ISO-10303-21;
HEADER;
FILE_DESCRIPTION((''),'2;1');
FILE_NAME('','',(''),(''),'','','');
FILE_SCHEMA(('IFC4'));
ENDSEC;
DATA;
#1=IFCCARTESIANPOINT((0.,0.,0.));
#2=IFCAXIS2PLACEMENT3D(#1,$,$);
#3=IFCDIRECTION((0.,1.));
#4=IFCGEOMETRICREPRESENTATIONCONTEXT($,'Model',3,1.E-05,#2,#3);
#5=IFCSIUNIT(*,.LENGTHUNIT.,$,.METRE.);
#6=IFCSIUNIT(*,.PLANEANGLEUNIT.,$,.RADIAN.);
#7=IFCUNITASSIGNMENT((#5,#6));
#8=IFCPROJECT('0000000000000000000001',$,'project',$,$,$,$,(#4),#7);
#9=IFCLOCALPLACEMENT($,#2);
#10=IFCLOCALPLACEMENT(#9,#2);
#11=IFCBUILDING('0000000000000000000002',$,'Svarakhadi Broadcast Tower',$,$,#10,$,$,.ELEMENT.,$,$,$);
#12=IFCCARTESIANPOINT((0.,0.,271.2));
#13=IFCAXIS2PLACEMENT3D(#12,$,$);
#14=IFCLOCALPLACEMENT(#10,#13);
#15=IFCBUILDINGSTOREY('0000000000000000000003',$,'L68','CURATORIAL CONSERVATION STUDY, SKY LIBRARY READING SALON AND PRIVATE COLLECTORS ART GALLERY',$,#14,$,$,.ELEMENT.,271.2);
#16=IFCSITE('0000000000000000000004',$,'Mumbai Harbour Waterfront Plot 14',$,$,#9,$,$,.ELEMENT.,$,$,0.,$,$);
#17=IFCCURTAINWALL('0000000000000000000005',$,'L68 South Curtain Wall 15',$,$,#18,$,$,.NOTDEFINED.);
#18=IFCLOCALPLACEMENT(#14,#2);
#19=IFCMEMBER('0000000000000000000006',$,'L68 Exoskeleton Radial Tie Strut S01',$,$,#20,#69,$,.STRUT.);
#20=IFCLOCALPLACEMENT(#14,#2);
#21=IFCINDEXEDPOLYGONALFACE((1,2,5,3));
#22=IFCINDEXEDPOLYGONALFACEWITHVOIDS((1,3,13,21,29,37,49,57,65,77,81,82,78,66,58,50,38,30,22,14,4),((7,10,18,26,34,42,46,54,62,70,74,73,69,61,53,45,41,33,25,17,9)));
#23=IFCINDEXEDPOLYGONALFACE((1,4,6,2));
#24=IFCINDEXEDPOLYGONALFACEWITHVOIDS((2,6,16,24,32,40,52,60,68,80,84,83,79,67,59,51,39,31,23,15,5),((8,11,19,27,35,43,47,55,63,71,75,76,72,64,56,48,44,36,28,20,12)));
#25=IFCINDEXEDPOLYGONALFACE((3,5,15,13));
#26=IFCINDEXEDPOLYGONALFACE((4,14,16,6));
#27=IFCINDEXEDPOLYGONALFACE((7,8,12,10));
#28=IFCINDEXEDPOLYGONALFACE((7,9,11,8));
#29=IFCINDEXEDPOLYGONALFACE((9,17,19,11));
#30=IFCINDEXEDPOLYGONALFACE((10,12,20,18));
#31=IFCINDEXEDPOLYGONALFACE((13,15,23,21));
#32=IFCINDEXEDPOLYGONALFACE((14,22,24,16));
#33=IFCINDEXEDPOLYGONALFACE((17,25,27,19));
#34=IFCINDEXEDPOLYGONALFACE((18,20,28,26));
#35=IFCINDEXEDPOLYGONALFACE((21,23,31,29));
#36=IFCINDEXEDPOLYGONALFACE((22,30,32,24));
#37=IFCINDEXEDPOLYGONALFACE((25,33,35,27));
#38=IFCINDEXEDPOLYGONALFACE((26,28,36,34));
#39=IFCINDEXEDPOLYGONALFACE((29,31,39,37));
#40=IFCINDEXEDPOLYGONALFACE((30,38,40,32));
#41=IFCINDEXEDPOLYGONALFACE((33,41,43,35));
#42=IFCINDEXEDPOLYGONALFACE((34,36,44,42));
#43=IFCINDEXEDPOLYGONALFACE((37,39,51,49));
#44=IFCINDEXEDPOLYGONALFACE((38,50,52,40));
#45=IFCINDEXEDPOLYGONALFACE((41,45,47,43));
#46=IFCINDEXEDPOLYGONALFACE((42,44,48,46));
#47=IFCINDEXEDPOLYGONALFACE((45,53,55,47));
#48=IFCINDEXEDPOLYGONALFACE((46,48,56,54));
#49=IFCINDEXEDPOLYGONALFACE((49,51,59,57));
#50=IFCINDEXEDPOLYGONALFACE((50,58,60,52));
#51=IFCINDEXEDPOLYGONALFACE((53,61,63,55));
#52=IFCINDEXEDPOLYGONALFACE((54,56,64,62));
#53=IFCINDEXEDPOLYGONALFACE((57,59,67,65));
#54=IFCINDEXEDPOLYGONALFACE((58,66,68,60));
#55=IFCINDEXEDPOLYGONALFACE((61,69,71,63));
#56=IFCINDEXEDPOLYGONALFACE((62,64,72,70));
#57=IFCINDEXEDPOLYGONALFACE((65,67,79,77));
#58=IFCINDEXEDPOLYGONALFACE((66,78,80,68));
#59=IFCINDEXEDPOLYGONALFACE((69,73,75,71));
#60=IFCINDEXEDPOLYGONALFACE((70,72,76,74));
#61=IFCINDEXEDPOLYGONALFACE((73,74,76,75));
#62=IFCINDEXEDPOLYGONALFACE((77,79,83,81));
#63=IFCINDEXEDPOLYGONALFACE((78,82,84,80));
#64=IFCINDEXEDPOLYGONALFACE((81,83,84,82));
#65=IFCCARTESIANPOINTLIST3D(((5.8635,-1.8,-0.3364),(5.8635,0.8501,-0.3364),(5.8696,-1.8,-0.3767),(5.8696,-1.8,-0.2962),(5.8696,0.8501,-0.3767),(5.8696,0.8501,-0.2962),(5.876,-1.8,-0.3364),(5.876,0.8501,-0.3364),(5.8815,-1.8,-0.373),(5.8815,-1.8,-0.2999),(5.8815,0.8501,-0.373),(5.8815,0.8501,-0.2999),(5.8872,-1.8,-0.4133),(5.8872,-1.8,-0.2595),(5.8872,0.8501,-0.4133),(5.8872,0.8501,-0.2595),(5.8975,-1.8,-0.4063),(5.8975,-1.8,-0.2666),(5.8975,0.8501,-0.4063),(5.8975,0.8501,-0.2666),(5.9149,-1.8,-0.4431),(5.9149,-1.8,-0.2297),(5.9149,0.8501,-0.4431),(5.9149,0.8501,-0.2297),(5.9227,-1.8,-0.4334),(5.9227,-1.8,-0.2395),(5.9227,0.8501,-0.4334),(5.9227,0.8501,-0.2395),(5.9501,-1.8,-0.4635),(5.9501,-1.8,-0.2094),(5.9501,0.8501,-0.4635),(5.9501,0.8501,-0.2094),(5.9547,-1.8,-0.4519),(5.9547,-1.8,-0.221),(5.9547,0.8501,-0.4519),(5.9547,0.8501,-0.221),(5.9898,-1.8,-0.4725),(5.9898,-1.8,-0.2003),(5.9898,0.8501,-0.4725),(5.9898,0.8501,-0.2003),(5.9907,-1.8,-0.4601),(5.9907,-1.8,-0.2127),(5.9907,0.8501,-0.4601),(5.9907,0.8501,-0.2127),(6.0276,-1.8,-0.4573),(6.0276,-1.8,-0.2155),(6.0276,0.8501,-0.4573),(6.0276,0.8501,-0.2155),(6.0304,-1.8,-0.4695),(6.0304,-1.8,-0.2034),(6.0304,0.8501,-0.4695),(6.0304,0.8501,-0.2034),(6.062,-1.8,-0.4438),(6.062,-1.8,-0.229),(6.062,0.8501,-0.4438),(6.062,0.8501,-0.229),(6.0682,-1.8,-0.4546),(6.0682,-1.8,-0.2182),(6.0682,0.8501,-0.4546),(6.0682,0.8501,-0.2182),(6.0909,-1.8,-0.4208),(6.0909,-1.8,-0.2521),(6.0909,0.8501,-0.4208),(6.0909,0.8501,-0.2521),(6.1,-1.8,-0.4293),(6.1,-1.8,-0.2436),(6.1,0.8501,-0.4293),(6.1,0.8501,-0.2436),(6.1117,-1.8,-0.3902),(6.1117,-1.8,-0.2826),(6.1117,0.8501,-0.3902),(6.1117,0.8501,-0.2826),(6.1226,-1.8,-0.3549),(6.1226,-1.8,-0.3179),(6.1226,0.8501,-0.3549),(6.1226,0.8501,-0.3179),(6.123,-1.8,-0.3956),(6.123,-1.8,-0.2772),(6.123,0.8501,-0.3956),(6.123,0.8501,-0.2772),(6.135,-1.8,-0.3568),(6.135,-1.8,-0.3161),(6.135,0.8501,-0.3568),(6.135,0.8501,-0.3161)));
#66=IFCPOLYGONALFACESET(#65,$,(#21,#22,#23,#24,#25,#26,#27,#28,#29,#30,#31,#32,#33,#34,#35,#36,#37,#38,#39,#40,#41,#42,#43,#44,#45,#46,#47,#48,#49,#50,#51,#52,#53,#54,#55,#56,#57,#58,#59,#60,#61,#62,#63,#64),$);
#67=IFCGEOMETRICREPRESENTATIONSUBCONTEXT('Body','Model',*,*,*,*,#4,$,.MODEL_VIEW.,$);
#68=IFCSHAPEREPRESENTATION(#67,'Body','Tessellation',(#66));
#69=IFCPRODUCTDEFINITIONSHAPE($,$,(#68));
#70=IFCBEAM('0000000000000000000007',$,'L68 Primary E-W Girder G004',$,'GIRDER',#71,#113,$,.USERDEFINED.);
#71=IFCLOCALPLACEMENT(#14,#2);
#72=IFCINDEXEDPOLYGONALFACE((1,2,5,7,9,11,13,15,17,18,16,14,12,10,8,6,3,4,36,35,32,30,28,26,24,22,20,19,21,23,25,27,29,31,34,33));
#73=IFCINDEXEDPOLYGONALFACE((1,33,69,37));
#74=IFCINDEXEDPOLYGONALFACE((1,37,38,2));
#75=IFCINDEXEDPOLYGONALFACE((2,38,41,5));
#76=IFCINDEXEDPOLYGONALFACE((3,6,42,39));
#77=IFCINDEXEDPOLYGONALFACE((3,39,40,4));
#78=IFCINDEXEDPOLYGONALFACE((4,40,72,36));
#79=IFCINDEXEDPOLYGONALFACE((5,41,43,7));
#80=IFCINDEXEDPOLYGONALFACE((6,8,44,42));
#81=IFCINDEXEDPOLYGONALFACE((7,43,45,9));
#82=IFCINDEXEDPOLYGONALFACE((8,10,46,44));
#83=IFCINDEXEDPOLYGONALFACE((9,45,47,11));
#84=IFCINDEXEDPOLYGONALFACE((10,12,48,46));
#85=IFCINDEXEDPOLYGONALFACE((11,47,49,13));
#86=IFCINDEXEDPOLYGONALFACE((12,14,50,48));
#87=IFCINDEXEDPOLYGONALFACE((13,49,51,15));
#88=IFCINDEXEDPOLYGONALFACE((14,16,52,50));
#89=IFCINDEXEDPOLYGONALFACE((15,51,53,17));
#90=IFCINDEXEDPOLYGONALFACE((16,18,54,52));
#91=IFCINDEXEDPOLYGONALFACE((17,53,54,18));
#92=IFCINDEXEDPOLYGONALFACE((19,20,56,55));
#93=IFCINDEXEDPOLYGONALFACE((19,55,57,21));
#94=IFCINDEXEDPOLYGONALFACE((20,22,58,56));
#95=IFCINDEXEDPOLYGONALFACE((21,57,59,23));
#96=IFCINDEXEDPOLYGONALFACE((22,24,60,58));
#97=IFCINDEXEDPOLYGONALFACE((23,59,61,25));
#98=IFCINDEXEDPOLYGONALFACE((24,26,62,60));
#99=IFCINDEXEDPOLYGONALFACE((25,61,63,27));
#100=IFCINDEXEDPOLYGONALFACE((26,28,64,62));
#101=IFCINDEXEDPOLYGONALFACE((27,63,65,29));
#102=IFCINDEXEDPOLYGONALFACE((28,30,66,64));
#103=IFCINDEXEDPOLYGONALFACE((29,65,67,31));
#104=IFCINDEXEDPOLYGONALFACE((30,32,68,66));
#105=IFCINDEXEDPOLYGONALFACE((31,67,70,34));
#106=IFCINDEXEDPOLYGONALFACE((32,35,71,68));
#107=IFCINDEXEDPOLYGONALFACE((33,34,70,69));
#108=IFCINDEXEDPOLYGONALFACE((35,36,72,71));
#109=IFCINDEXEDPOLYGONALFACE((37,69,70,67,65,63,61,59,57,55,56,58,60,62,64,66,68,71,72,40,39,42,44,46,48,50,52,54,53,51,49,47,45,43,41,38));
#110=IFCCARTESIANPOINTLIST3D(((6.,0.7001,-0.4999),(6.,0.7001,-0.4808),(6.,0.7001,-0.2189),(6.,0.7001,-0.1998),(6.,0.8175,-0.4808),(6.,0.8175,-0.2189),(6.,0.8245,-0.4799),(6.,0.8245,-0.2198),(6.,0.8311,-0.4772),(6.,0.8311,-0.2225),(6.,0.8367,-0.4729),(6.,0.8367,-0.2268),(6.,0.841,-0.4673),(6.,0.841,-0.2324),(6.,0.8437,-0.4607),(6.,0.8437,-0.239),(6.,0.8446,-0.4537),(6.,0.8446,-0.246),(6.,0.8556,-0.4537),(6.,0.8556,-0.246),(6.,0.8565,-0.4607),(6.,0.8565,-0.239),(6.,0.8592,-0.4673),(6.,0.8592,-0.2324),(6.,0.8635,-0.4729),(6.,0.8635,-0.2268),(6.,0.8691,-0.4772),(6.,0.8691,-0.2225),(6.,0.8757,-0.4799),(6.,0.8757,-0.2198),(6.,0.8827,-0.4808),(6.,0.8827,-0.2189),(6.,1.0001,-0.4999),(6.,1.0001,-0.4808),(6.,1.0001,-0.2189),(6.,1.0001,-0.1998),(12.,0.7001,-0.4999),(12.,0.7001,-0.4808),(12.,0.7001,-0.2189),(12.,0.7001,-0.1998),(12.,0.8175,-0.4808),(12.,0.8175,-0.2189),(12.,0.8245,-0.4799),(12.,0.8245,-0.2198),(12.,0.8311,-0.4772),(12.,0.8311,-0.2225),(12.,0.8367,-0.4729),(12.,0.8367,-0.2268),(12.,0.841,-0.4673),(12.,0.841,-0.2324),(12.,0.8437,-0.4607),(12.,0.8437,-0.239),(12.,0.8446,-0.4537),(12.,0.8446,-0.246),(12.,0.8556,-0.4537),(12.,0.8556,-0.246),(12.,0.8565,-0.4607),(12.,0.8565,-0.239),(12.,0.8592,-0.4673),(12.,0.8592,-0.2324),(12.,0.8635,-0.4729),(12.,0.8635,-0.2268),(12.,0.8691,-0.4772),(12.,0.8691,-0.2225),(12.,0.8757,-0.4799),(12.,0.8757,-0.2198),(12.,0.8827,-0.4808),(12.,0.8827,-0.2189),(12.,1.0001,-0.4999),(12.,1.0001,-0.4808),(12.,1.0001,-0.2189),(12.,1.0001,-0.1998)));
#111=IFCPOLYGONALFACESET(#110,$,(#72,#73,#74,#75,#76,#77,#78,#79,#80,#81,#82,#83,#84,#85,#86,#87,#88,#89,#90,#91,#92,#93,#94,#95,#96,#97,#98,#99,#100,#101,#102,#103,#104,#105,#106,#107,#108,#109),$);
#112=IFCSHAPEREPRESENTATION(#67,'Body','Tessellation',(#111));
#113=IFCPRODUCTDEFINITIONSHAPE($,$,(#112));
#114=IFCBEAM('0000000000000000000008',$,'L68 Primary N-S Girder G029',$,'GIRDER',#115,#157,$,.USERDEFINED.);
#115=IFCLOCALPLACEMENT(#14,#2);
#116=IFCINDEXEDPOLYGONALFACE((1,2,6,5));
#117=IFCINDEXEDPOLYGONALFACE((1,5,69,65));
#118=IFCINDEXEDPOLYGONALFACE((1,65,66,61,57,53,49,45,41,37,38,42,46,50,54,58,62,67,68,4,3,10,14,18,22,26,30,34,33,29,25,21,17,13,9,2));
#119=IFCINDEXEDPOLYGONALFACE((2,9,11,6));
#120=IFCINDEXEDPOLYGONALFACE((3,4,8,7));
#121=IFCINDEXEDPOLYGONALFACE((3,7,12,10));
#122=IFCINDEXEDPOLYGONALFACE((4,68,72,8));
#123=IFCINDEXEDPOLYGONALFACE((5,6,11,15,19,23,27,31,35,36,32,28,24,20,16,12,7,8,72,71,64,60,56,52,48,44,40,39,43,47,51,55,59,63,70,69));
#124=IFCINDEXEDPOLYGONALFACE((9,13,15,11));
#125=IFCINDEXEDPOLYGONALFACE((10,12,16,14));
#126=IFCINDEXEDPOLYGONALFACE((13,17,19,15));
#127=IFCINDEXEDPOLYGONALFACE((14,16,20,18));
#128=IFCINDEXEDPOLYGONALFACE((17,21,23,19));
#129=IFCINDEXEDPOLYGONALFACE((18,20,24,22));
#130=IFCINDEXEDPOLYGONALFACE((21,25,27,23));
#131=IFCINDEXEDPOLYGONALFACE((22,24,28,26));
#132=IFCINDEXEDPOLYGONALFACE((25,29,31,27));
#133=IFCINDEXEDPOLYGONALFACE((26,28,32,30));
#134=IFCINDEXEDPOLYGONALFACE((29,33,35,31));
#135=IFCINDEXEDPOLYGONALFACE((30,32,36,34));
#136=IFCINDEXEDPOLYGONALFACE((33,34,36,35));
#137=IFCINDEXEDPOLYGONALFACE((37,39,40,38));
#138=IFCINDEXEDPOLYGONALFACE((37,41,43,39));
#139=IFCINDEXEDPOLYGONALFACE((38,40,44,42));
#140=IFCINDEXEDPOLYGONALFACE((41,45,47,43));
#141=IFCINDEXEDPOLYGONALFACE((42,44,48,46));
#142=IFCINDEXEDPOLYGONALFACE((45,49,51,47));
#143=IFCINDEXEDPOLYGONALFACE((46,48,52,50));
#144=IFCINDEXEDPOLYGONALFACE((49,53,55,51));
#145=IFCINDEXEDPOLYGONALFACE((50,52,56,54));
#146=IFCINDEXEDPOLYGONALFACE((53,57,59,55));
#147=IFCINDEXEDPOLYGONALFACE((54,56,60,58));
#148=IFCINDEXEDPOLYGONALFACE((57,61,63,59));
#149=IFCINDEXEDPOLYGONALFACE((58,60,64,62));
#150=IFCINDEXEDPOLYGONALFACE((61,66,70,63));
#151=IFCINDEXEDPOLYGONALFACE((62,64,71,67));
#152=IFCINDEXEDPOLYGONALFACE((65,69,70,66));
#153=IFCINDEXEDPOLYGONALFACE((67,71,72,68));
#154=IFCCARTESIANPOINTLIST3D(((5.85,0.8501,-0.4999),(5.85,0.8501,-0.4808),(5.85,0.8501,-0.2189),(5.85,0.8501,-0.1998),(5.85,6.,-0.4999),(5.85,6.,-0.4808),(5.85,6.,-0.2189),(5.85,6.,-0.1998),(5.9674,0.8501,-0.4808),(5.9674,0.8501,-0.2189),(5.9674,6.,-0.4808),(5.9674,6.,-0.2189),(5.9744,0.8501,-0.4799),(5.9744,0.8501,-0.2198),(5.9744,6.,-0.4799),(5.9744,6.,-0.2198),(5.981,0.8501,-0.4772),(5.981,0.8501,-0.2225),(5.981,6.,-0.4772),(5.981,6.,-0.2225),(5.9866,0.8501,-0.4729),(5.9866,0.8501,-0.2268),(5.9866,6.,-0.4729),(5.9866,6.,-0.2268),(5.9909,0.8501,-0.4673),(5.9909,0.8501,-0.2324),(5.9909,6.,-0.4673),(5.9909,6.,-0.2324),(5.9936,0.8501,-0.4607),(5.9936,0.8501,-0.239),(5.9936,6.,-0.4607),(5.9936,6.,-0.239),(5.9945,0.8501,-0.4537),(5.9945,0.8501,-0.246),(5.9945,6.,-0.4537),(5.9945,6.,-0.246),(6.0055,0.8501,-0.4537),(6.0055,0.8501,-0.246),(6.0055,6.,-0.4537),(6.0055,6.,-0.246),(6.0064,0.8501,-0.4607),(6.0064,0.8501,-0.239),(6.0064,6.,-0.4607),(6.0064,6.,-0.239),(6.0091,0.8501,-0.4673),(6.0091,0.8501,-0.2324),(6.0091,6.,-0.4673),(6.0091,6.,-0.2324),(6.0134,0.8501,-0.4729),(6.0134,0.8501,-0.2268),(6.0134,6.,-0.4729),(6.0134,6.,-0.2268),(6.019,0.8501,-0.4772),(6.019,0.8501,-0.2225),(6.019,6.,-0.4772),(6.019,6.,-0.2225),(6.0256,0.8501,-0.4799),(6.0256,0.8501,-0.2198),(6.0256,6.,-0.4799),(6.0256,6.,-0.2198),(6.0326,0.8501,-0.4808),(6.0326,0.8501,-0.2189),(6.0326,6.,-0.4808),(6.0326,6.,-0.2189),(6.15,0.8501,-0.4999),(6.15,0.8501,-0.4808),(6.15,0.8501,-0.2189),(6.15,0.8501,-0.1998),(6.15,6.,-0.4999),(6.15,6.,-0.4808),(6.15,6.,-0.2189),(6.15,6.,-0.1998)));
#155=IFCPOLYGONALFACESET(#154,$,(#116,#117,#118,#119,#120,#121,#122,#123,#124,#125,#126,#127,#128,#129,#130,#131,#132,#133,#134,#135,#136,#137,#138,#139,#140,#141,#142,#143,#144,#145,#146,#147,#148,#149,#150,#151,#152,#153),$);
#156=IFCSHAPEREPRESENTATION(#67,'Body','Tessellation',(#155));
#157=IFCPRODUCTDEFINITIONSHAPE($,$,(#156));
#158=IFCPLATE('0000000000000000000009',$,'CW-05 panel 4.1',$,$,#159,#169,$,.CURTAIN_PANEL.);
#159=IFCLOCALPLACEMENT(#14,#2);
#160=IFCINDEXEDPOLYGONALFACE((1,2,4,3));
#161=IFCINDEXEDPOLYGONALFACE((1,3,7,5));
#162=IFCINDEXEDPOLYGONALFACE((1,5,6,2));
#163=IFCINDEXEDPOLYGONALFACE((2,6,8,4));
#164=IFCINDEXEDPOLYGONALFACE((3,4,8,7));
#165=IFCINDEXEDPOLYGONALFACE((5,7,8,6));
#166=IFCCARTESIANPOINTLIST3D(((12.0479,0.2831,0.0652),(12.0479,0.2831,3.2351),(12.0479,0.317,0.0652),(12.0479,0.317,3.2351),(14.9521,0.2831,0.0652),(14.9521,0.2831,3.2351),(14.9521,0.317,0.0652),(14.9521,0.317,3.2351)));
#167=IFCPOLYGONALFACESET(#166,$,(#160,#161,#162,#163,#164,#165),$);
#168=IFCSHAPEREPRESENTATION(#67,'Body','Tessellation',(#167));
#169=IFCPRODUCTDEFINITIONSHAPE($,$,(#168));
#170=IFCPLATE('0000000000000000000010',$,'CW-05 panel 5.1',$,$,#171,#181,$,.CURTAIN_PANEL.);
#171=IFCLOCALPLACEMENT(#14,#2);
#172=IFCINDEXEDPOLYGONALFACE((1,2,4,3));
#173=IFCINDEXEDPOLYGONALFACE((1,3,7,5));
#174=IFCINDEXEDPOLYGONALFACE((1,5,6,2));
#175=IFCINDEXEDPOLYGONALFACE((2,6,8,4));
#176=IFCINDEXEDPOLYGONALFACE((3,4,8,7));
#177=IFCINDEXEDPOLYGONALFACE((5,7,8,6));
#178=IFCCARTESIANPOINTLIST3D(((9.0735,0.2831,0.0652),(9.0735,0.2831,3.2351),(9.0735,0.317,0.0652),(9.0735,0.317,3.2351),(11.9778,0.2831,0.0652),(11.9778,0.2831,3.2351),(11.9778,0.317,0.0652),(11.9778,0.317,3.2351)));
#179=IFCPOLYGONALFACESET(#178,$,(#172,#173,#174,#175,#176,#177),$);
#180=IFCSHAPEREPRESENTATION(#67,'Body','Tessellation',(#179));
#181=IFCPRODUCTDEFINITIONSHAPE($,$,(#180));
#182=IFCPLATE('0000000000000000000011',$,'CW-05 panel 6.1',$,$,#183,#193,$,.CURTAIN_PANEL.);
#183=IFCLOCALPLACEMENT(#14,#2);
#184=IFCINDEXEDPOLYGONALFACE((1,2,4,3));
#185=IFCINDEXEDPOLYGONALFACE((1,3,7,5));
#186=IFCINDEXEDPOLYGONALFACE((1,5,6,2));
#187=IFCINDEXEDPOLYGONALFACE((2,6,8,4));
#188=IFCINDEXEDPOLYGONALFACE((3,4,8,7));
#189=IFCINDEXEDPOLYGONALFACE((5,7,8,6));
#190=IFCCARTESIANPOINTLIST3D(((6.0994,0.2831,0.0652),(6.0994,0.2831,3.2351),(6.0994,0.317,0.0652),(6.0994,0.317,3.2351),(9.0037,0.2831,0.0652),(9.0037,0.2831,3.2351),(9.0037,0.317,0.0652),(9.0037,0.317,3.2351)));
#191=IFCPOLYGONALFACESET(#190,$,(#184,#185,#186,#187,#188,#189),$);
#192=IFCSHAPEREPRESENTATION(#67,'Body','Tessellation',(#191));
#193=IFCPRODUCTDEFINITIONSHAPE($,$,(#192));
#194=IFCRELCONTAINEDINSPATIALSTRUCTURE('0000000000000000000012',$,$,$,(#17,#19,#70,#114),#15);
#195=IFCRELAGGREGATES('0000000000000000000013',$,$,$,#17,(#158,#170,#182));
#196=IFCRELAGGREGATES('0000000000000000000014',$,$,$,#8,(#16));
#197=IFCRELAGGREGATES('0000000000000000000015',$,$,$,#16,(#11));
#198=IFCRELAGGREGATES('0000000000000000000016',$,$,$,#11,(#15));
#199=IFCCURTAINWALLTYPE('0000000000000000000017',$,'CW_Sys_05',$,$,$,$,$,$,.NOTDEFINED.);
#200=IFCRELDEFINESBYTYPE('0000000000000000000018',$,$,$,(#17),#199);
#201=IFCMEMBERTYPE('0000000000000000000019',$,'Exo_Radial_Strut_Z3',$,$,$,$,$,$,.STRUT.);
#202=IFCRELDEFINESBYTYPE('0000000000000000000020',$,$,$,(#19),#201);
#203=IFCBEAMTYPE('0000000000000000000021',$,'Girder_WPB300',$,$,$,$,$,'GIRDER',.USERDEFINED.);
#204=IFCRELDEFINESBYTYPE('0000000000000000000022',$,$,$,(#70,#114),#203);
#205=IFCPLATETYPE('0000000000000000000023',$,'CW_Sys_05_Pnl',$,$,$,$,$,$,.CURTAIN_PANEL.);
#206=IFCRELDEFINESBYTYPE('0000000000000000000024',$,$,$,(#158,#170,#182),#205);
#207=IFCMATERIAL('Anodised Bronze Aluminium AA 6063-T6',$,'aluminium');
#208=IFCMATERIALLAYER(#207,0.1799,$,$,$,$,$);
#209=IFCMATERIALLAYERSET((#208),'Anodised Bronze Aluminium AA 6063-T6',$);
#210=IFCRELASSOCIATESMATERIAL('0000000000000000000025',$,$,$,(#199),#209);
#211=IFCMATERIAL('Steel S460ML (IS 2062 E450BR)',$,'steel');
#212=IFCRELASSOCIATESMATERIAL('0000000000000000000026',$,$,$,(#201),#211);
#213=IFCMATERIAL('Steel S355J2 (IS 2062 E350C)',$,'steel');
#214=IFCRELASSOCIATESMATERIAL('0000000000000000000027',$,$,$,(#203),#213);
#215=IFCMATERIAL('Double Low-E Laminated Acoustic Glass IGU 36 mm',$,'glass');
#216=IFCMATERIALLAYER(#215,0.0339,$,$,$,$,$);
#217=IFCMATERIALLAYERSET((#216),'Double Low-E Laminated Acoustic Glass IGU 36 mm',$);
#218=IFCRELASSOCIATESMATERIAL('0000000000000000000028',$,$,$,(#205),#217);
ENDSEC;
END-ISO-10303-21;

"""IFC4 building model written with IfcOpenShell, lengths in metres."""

from ifc_helpers import new_model, si_unit, direction, frame, origin, origin_2d, place, context, subcontext, project, spatial, rectangle, hollow_circle, i_section, extrude, material, layer, layer_set, material_profile, profile_set, type_object, element, aggregate, save


model = new_model("IFC4")

# Units and contexts
model_context = context("Model", 3, precision=1e-05, world=origin(), true_north=direction((0.0, 1.0)))
body_context = subcontext(model_context, "Body", "Model", "MODEL_VIEW")
ifc_project = project(units=[si_unit("LENGTHUNIT", "METRE"), si_unit("PLANEANGLEUNIT", "RADIAN")], contexts=[model_context])

# Site, building, storey
site_placement = place(None, origin())
site = spatial("IfcSite", under=ifc_project, at=site_placement, Name="Mumbai Harbour Waterfront Plot 14", CompositionType="ELEMENT", RefElevation=0.0)
building_placement = place(site_placement, origin())
building = spatial("IfcBuilding", under=site, at=building_placement, Name="Svarakhadi Broadcast Tower", CompositionType="ELEMENT")
storey_placement = place(building_placement, frame((0.0, 0.0, 271.2)))
storey = spatial("IfcBuildingStorey", under=building, at=storey_placement, Name="L68", Description="CURATORIAL CONSERVATION STUDY, SKY LIBRARY READING SALON AND PRIVATE COLLECTORS ART GALLERY", CompositionType="ELEMENT", Elevation=271.2)

# Shared definitions
ifc_material_1 = material(Name="Steel S460ML (IS 2062 E450BR)", Category="steel")

# Curtain wall
ifc_material_2 = material(Name="Anodised Bronze Aluminium AA 6063-T6", Category="aluminium")
ifc_layer_1 = layer(ifc_material_2, 0.1799)
ifc_layer_set_1 = layer_set([ifc_layer_1], Name="Anodised Bronze Aluminium AA 6063-T6")
curtain_wall_type = type_object("IfcCurtainWallType", Name="CW_Sys_05", PredefinedType="NOTDEFINED", material=ifc_layer_set_1)
curtain_wall_placement = place(storey_placement, origin())
curtain_wall = element("IfcCurtainWall", 1, at=curtain_wall_placement, inside=storey, type_object=curtain_wall_type, Name="L68 South Curtain Wall 15", PredefinedType="NOTDEFINED")

# Member
ifc_material_profile_1 = material_profile(ifc_material_1, hollow_circle(Radius=0.1365, WallThickness=0.0125, at=origin_2d()), Name="CHS 273x12.5")
ifc_profile_set_1 = profile_set([ifc_material_profile_1], Name="Steel S460ML (IS 2062 E450BR)")
member_type_1 = type_object("IfcMemberType", Name="Exo_Radial_Strut_Z3", PredefinedType="STRUT", material=ifc_profile_set_1)
member_1_placement = place(storey_placement, frame((6.0, -1.8, -0.3364), z_axis=(0.0, 1.0, 0.0), x_axis=(-1.0, 0.0, 0.0)))
element("IfcMember", 2, at=member_1_placement, inside=storey, type_object=member_type_1, Name="L68 Exoskeleton Radial Tie Strut S01", PredefinedType="STRUT", context=body_context, shape_type="SweptSolid", body=[
    extrude(hollow_circle(Radius=0.1365, WallThickness=0.0125, at=origin_2d()), origin(), (0.0, 0.0, 1.0), 2.6501),
])

# Beams
ifc_material_3 = material(Name="Steel S355J2 (IS 2062 E350C)", Category="steel")
ifc_material_profile_2 = material_profile(ifc_material_3, i_section(OverallWidth=0.3, OverallDepth=0.3, WebThickness=0.011, FlangeThickness=0.019, FilletRadius=0.0271, at=origin_2d()), Name="WPB 300x300x117")
ifc_profile_set_2 = profile_set([ifc_material_profile_2], Name="Steel S355J2 (IS 2062 E350C)")
beam_type = type_object("IfcBeamType", Name="Girder_WPB300", ElementType="GIRDER", PredefinedType="USERDEFINED", material=ifc_profile_set_2)
beam_1_placement = place(storey_placement, frame((6.0, 0.8501, -0.3499), z_axis=(1.0, 0.0, 0.0), x_axis=(0.0, 1.0, 0.0)))
element("IfcBeam", 3, at=beam_1_placement, inside=storey, type_object=beam_type, Name="L68 Primary E-W Girder G004", ObjectType="GIRDER", PredefinedType="USERDEFINED", context=body_context, shape_type="SweptSolid", body=[
    extrude(i_section(OverallWidth=0.3, OverallDepth=0.3, WebThickness=0.011, FlangeThickness=0.019, FilletRadius=0.0271, at=origin_2d()), origin(), (0.0, 0.0, 1.0), 6.0),
])
beam_2_placement = place(storey_placement, frame((6.0, 0.8501, -0.3499), z_axis=(0.0, 1.0, 0.0), x_axis=(-1.0, 0.0, 0.0)))
element("IfcBeam", 4, at=beam_2_placement, inside=storey, type_object=beam_type, Name="L68 Primary N-S Girder G029", ObjectType="GIRDER", PredefinedType="USERDEFINED", context=body_context, shape_type="SweptSolid", body=[
    extrude(i_section(OverallWidth=0.3, OverallDepth=0.3, WebThickness=0.011, FlangeThickness=0.019, FilletRadius=0.0271, at=origin_2d()), origin(), (0.0, 0.0, 1.0), 5.1499),
])

# Plates
ifc_material_4 = material(Name="Double Low-E Laminated Acoustic Glass IGU 36 mm", Category="glass")
ifc_layer_2 = layer(ifc_material_4, 0.0339)
ifc_layer_set_2 = layer_set([ifc_layer_2], Name="Double Low-E Laminated Acoustic Glass IGU 36 mm")
plate_type_1 = type_object("IfcPlateType", Name="CW_Sys_05_Pnl", PredefinedType="CURTAIN_PANEL", material=ifc_layer_set_2)
plate_1_placement = place(storey_placement, frame((13.5, 0.3, 0.0652), z_axis=(0.0, 0.0, 1.0), x_axis=(-1.0, 0.0, 0.0)))
plate_1 = element("IfcPlate", 5, at=plate_1_placement, type_object=plate_type_1, Name="CW-05 panel 4.1", PredefinedType="CURTAIN_PANEL", context=body_context, shape_type="SweptSolid", body=[
    extrude(rectangle(XDim=2.9043, YDim=0.0339, at=origin_2d()), origin(), (0.0, 0.0, 1.0), 3.1699),
])
plate_2_placement = place(storey_placement, frame((10.5256, 0.3, 0.0652), z_axis=(0.0, 0.0, 1.0), x_axis=(-1.0, 0.0, 0.0)))
plate_2 = element("IfcPlate", 6, at=plate_2_placement, type_object=plate_type_1, Name="CW-05 panel 5.1", PredefinedType="CURTAIN_PANEL", context=body_context, shape_type="SweptSolid", body=[
    extrude(rectangle(XDim=2.9043, YDim=0.0339, at=origin_2d()), origin(), (0.0, 0.0, 1.0), 3.1699),
])
plate_3_placement = place(storey_placement, frame((7.5515, 0.3, 0.0652), z_axis=(0.0, 0.0, 1.0), x_axis=(-1.0, 0.0, 0.0)))
plate_3 = element("IfcPlate", 7, at=plate_3_placement, type_object=plate_type_1, Name="CW-05 panel 6.1", PredefinedType="CURTAIN_PANEL", context=body_context, shape_type="SweptSolid", body=[
    extrude(rectangle(XDim=2.9043, YDim=0.0339, at=origin_2d()), origin(), (0.0, 0.0, 1.0), 3.1699),
])
aggregate(curtain_wall, [plate_1, plate_2, plate_3])

save(model, "model.ifc")
